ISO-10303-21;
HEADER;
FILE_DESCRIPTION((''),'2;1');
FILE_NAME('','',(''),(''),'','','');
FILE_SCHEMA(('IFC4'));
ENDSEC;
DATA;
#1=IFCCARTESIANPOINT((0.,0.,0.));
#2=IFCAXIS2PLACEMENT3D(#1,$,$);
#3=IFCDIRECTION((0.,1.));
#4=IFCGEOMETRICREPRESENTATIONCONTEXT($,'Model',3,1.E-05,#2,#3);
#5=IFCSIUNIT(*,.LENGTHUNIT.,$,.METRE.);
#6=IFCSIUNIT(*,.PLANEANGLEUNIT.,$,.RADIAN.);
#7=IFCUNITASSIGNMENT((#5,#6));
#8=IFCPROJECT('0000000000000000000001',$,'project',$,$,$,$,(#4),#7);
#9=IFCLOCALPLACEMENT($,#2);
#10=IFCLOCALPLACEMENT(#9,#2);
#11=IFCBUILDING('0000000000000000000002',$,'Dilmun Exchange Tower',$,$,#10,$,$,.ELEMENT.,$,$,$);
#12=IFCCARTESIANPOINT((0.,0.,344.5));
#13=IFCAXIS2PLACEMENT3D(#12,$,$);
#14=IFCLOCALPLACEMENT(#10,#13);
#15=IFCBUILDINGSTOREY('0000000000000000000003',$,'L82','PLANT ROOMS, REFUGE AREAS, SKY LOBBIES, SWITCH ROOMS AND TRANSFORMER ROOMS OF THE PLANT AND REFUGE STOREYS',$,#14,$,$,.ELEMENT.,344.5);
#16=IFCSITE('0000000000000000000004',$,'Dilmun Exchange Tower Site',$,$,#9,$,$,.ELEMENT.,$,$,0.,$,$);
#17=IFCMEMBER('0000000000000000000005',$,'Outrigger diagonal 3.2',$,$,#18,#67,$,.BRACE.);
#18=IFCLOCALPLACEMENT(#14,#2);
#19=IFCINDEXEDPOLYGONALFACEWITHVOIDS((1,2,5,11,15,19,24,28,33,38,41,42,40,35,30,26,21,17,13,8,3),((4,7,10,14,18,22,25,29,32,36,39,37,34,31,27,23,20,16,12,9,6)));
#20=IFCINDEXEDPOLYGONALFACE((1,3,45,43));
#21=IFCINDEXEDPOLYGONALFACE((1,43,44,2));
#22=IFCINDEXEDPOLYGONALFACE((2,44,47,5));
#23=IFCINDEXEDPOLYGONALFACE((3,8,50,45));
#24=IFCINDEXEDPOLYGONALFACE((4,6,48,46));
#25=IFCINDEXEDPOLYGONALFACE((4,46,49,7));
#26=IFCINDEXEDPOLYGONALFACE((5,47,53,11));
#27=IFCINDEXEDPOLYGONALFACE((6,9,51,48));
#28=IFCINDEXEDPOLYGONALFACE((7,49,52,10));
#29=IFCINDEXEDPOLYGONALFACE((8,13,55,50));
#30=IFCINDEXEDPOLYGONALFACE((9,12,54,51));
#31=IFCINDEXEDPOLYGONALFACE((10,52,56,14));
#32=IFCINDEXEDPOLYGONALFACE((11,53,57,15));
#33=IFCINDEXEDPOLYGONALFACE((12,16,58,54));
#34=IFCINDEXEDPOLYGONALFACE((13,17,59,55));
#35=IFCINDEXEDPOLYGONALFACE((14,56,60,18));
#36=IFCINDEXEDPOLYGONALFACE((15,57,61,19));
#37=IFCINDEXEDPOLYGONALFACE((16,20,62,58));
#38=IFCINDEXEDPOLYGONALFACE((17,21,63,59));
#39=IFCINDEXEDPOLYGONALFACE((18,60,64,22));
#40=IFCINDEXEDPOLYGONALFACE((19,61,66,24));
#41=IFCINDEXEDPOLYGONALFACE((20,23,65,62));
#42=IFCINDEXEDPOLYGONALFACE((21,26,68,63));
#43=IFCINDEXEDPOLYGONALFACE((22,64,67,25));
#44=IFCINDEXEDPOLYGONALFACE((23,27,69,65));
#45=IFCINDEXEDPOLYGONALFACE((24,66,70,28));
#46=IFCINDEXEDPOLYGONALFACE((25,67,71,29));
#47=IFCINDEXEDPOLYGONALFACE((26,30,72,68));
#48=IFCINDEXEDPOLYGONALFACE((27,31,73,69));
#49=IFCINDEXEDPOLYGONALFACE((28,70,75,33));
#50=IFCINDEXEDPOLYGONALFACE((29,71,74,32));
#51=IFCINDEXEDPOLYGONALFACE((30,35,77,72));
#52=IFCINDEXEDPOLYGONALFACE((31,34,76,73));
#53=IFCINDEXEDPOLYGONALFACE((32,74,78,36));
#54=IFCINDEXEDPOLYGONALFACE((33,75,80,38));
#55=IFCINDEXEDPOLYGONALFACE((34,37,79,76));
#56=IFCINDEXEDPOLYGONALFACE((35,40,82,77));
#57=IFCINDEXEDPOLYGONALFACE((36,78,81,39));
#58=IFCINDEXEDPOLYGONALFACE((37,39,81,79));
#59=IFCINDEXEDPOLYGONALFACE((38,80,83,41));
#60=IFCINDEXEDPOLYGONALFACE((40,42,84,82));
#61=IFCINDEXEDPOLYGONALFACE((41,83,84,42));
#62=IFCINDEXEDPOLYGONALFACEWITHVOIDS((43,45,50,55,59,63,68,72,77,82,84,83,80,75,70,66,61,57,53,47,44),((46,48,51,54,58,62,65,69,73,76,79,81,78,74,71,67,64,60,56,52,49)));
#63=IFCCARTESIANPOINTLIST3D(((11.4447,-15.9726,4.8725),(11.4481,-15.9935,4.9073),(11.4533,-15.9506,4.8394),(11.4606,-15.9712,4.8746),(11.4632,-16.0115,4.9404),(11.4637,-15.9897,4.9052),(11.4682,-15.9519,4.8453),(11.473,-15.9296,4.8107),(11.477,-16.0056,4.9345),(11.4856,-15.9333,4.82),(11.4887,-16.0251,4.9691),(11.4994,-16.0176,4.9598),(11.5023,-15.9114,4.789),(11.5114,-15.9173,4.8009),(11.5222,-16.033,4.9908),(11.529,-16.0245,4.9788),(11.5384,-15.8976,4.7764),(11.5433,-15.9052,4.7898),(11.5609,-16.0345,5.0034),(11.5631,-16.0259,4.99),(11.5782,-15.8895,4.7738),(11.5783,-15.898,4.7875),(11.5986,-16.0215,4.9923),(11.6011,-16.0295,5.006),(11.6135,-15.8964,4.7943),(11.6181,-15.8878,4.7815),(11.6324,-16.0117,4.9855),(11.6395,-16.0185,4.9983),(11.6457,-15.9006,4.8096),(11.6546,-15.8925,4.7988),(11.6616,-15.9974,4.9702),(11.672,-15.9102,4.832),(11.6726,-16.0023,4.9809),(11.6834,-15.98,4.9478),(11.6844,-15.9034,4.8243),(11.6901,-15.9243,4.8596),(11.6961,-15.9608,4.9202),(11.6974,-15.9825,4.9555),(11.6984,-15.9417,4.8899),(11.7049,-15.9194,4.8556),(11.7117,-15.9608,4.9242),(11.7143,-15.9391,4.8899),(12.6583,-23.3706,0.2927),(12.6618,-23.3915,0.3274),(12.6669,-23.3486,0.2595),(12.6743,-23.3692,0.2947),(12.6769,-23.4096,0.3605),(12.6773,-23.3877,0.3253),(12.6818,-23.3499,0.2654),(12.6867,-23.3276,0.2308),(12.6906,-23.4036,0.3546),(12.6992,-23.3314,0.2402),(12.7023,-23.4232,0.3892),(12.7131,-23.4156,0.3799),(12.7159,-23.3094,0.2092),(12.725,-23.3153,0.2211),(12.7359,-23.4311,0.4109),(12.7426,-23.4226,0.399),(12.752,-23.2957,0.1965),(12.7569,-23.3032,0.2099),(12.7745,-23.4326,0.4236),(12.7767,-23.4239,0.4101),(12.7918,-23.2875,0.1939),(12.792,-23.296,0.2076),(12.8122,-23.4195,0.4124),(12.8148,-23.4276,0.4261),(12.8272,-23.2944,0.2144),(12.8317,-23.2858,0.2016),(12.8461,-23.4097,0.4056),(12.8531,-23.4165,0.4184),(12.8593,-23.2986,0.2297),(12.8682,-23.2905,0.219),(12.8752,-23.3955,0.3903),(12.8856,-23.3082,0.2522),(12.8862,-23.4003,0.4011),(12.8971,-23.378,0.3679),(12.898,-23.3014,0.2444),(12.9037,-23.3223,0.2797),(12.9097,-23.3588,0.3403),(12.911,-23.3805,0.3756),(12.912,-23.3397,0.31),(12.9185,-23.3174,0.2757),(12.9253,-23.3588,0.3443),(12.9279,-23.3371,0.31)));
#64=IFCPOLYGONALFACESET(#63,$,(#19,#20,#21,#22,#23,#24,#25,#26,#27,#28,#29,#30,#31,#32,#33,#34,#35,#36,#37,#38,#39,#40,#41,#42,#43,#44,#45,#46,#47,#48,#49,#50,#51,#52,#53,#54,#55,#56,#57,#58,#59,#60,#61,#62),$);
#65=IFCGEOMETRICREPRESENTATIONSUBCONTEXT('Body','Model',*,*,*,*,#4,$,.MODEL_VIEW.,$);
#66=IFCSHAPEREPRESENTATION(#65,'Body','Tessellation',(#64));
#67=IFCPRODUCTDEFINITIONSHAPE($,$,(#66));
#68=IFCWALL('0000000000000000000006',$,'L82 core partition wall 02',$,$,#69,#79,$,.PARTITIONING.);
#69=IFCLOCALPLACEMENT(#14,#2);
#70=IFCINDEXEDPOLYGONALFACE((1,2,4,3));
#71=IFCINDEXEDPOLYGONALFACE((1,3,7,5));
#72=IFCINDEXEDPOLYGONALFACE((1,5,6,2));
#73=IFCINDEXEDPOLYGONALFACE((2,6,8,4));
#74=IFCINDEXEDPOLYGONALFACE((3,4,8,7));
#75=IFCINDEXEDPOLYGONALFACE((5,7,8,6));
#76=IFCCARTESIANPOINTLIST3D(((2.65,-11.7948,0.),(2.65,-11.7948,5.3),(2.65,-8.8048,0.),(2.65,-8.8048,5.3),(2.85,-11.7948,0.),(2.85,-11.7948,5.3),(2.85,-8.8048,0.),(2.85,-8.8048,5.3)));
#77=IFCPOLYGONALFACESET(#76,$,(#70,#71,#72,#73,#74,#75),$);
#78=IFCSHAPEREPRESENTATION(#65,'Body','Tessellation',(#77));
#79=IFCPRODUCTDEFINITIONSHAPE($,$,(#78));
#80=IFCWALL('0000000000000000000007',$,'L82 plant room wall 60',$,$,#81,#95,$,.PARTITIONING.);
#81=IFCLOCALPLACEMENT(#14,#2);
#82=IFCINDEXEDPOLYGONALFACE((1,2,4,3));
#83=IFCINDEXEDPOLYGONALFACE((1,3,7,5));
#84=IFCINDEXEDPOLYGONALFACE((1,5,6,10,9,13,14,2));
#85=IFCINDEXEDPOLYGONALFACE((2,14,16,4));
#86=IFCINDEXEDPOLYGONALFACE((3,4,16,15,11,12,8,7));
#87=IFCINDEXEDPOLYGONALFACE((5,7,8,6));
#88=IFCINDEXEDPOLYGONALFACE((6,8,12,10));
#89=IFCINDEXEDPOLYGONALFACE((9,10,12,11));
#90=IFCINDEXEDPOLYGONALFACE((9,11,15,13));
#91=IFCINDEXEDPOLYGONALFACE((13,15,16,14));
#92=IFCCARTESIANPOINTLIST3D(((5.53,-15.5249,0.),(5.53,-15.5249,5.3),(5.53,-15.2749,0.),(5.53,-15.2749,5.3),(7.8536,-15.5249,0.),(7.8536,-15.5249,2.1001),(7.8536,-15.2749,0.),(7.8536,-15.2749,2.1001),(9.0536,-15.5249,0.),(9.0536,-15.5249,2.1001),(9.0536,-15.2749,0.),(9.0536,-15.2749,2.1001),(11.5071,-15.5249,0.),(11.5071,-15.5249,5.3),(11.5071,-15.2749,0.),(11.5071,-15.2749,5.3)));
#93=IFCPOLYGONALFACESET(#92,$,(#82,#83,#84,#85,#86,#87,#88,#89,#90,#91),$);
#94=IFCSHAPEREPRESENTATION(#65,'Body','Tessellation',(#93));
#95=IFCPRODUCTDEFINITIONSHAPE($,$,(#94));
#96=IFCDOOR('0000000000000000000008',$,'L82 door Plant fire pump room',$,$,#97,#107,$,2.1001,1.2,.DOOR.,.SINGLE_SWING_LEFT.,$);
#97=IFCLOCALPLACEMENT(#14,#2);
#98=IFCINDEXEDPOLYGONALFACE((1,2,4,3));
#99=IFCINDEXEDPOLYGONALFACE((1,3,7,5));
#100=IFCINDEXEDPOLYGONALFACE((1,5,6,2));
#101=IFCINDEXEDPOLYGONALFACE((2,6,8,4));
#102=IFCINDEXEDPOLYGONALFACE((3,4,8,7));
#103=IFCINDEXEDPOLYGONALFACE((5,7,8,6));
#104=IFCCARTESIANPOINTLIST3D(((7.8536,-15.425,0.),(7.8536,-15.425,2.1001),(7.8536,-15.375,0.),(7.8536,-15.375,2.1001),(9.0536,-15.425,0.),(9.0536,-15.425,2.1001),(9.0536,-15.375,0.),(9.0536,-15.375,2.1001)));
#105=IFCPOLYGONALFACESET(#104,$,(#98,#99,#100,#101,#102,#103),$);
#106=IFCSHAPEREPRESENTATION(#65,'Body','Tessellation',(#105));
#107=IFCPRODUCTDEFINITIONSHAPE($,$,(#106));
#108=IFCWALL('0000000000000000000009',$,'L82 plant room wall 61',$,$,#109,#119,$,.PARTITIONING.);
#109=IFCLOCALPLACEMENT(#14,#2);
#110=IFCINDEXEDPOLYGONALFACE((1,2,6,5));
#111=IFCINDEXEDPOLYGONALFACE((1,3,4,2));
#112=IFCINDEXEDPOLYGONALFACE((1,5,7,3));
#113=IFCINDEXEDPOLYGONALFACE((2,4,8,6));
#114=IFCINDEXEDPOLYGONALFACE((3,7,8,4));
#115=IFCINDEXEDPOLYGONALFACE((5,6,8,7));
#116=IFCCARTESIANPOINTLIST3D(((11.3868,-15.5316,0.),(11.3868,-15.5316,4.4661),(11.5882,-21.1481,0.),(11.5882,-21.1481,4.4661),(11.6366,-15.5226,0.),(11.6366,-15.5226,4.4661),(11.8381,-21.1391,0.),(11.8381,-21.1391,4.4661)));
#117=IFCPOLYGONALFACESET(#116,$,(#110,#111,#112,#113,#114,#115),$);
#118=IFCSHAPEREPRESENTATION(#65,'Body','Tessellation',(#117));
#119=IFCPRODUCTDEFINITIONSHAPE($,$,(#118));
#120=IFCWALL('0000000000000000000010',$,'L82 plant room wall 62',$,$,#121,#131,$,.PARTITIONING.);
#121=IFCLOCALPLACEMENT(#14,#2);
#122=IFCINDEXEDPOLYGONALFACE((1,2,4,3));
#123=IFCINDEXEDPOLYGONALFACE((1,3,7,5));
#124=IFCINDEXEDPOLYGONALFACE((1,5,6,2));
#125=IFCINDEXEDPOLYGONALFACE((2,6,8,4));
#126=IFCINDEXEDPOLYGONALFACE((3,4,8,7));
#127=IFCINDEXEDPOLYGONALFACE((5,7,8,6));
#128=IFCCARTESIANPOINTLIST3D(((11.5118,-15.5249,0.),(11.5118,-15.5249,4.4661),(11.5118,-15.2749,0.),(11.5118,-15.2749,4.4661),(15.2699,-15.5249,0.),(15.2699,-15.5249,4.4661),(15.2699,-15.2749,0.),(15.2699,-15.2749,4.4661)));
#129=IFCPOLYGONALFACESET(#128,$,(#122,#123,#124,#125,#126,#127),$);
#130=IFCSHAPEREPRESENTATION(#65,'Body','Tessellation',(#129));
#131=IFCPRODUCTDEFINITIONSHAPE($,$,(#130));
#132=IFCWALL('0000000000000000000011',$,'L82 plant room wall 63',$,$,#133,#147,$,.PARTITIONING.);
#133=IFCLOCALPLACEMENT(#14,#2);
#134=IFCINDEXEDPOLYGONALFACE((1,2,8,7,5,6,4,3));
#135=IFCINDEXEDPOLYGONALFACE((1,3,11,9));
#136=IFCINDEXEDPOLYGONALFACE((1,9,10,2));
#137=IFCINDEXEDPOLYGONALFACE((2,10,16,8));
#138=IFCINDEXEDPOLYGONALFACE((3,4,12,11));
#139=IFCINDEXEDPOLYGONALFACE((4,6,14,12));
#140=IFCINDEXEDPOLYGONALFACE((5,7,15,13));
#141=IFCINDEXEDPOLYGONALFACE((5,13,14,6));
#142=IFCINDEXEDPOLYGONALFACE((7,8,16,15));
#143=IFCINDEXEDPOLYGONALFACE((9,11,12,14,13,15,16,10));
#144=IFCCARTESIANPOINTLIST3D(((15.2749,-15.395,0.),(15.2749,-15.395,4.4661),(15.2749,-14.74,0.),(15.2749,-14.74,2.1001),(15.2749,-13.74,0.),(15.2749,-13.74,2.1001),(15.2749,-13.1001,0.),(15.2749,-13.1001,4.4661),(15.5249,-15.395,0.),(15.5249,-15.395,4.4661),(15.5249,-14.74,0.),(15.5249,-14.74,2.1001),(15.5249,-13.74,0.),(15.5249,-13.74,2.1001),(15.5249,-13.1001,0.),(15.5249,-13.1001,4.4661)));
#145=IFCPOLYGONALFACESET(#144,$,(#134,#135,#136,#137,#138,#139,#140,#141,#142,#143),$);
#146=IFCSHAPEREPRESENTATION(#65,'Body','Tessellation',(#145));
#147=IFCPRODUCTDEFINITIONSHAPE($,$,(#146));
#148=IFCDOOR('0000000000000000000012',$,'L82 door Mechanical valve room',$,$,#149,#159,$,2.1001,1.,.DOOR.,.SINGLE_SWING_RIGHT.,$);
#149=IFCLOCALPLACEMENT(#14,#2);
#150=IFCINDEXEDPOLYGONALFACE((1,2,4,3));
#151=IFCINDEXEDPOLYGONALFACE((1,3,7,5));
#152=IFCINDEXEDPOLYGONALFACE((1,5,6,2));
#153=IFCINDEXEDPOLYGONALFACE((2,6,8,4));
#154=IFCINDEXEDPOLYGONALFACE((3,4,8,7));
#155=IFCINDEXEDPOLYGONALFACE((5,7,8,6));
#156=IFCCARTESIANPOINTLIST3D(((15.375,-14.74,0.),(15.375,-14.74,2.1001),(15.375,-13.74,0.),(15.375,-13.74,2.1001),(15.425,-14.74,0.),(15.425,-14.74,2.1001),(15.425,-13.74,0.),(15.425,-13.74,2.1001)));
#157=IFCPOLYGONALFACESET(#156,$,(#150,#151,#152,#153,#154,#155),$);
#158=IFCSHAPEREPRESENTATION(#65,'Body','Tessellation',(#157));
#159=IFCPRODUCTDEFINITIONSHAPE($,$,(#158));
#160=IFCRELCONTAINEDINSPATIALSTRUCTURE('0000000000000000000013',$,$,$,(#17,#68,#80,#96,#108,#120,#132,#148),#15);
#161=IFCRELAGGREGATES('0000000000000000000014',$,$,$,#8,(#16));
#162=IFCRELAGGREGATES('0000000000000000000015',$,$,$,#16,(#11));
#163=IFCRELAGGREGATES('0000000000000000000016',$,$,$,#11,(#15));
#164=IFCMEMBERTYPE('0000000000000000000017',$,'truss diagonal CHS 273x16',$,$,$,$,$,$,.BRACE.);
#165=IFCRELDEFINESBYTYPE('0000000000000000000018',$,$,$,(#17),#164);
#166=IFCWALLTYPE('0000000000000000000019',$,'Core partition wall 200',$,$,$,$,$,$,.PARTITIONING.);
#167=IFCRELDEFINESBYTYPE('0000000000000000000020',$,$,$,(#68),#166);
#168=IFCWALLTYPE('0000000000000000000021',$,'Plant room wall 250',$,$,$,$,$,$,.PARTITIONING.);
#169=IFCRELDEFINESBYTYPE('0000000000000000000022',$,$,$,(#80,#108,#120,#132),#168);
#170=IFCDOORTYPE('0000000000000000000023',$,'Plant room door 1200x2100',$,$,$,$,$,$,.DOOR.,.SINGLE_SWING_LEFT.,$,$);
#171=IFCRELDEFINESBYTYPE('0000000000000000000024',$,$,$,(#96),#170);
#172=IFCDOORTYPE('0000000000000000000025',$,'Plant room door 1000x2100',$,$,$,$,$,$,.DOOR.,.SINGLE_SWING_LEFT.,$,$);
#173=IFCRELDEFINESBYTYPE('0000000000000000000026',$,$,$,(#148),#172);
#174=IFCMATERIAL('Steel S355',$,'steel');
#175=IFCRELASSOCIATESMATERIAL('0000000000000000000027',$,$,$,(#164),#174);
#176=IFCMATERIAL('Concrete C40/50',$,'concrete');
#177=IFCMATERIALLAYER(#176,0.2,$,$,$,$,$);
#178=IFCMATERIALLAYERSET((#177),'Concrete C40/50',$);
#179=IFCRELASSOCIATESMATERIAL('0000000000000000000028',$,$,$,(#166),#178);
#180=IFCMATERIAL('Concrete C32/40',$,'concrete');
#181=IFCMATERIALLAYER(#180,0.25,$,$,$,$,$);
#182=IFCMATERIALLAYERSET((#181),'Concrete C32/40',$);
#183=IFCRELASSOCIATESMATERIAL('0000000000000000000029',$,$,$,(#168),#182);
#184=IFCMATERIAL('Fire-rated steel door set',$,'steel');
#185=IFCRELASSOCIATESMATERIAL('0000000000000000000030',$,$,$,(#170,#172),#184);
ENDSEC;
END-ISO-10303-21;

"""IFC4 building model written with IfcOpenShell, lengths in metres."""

from ifc_helpers import new_model, si_unit, direction, frame, frame_2d, origin, origin_2d, place, context, subcontext, project, spatial, rectangle, hollow_circle, extrude, material, layer, layer_set, material_profile, profile_set, type_object, element, fill, save


model = new_model("IFC4")

# Units and contexts
model_context = context("Model", 3, precision=1e-05, world=origin(), true_north=direction((0.0, 1.0)))
body_context = subcontext(model_context, "Body", "Model", "MODEL_VIEW")
ifc_project = project(units=[si_unit("LENGTHUNIT", "METRE"), si_unit("PLANEANGLEUNIT", "RADIAN")], contexts=[model_context])

# Site, building, storey
site_placement = place(None, origin())
site = spatial("IfcSite", under=ifc_project, at=site_placement, Name="Dilmun Exchange Tower Site", CompositionType="ELEMENT", RefElevation=0.0)
building_placement = place(site_placement, origin())
building = spatial("IfcBuilding", under=site, at=building_placement, Name="Dilmun Exchange Tower", CompositionType="ELEMENT")
storey_placement = place(building_placement, frame((0.0, 0.0, 344.5)))
storey = spatial("IfcBuildingStorey", under=building, at=storey_placement, Name="L82", Description="PLANT ROOMS, REFUGE AREAS, SKY LOBBIES, SWITCH ROOMS AND TRANSFORMER ROOMS OF THE PLANT AND REFUGE STOREYS", CompositionType="ELEMENT", Elevation=344.5)

# Shared definitions
ifc_material_1 = material(Name="Steel S355", Category="steel")

# Member
ifc_material_profile_1 = material_profile(ifc_material_1, hollow_circle(Radius=0.1365, WallThickness=0.0161, at=origin_2d()), Name="CHS 273x16")
ifc_profile_set_1 = profile_set([ifc_material_profile_1], Name="Steel S355")
member_type_1 = type_object("IfcMemberType", Name="truss diagonal CHS 273x16", PredefinedType="BRACE", material=ifc_profile_set_1)
member_1_placement = place(storey_placement, frame((11.5796, -15.9612, 4.8899), z_axis=(0.138146, -0.842105, -0.52132), x_axis=(0.98681, 0.161885, 0.0)))
element("IfcMember", 1, at=member_1_placement, inside=storey, type_object=member_type_1, Name="Outrigger diagonal 3.2", PredefinedType="BRACE", context=body_context, shape_type="SweptSolid", body=[
    extrude(hollow_circle(Radius=0.1365, WallThickness=0.0161, at=origin_2d()), origin(), (0.0, 0.0, 1.0), 8.7852),
])

# Wall
ifc_material_2 = material(Name="Concrete C40/50", Category="concrete")
ifc_layer_1 = layer(ifc_material_2, 0.2)
ifc_layer_set_1 = layer_set([ifc_layer_1], Name="Concrete C40/50")
wall_type_1 = type_object("IfcWallType", Name="Core partition wall 200", PredefinedType="PARTITIONING", material=ifc_layer_set_1)
wall_1_placement = place(storey_placement, frame((2.75, -11.7949, 0.0), z_axis=(0.0, 0.0, 1.0), x_axis=(0.0, 1.0, 0.0)))
element("IfcWall", 2, at=wall_1_placement, inside=storey, type_object=wall_type_1, Name="L82 core partition wall 02", PredefinedType="PARTITIONING", context=body_context, shape_type="SweptSolid", body=[
    extrude(rectangle(XDim=2.99, YDim=0.2, at=frame_2d((1.4951, 0.0))), origin(), (0.0, 0.0, 1.0), 5.3),
])

# Wall, opening, door
ifc_material_3 = material(Name="Fire-rated steel door set", Category="steel")
ifc_material_4 = material(Name="Concrete C32/40", Category="concrete")
ifc_layer_2 = layer(ifc_material_4, 0.25)
ifc_layer_set_2 = layer_set([ifc_layer_2], Name="Concrete C32/40")
wall_type_2 = type_object("IfcWallType", Name="Plant room wall 250", PredefinedType="PARTITIONING", material=ifc_layer_set_2)
wall_2_placement = place(storey_placement, frame((5.53, -15.3999, 0.0), z_axis=(0.0, 0.0, 1.0), x_axis=(1.0, 0.0, 0.0)))
wall_2 = element("IfcWall", 3, at=wall_2_placement, inside=storey, type_object=wall_type_2, Name="L82 plant room wall 60", PredefinedType="PARTITIONING", context=body_context, shape_type="SweptSolid", body=[
    extrude(rectangle(XDim=5.9771, YDim=0.25, at=frame_2d((2.9885, 0.0))), origin(), (0.0, 0.0, 1.0), 5.3),
])
opening_1_placement = place(wall_2_placement, frame((2.3235, 0.0, 0.0)))
opening_1 = element("IfcOpeningElement", 4, at=opening_1_placement, cuts=wall_2, PredefinedType="OPENING", context=body_context, shape_type="SweptSolid", body=[
    extrude(rectangle(XDim=1.2, YDim=2.1001, at=frame_2d((0.6001, 1.05))), frame((0.0, 0.135, 0.0), z_axis=(0.0, -1.0, 0.0), x_axis=(1.0, 0.0, 0.0)), (0.0, 0.0, 1.0), 0.27),
])
door_type_1 = type_object("IfcDoorType", Name="Plant room door 1200x2100", OperationType="SINGLE_SWING_LEFT", PredefinedType="DOOR", material=ifc_material_3)
door_1_placement = place(opening_1_placement, origin())
door_1 = element("IfcDoor", 5, at=door_1_placement, inside=storey, type_object=door_type_1, Name="L82 door Plant fire pump room", OperationType="SINGLE_SWING_LEFT", OverallHeight=2.1001, OverallWidth=1.2, PredefinedType="DOOR", context=body_context, shape_type="SweptSolid", body=[
    extrude(rectangle(XDim=1.2, YDim=2.1001, at=frame_2d((0.6001, 1.05))), frame((0.0, 0.0249, 0.0), z_axis=(0.0, -1.0, 0.0), x_axis=(1.0, 0.0, 0.0)), (0.0, 0.0, 1.0), 0.05),
])
fill(opening_1, door_1)

# Walls
wall_3_placement = place(storey_placement, frame((11.5117, -15.5271, 0.0), z_axis=(0.0, 0.0, 1.0), x_axis=(0.035839, -0.999358, 0.0)))
element("IfcWall", 6, at=wall_3_placement, inside=storey, type_object=wall_type_2, Name="L82 plant room wall 61", PredefinedType="PARTITIONING", context=body_context, shape_type="SweptSolid", body=[
    extrude(rectangle(XDim=5.6201, YDim=0.25, at=frame_2d((2.8101, 0.0))), origin(), (0.0, 0.0, 1.0), 4.4661),
])
wall_4_placement = place(storey_placement, frame((11.512, -15.3999, 0.0), z_axis=(0.0, 0.0, 1.0), x_axis=(1.0, 0.0, 0.0)))
element("IfcWall", 7, at=wall_4_placement, inside=storey, type_object=wall_type_2, Name="L82 plant room wall 62", PredefinedType="PARTITIONING", context=body_context, shape_type="SweptSolid", body=[
    extrude(rectangle(XDim=3.7581, YDim=0.25, at=frame_2d((1.8789, 0.0))), origin(), (0.0, 0.0, 1.0), 4.4661),
])

# Wall, opening, door
wall_5_placement = place(storey_placement, frame((15.3999, -15.395, 0.0), z_axis=(0.0, 0.0, 1.0), x_axis=(0.0, 1.0, 0.0)))
wall_5 = element("IfcWall", 8, at=wall_5_placement, inside=storey, type_object=wall_type_2, Name="L82 plant room wall 63", PredefinedType="PARTITIONING", context=body_context, shape_type="SweptSolid", body=[
    extrude(rectangle(XDim=2.2949, YDim=0.25, at=frame_2d((1.1475, 0.0))), origin(), (0.0, 0.0, 1.0), 4.4661),
])
opening_2_placement = place(wall_5_placement, frame((0.655, 0.0, 0.0)))
opening_2 = element("IfcOpeningElement", 9, at=opening_2_placement, cuts=wall_5, PredefinedType="OPENING", context=body_context, shape_type="SweptSolid", body=[
    extrude(rectangle(XDim=1.0, YDim=2.1001, at=frame_2d((0.5, 1.05))), frame((0.0, 0.135, 0.0), z_axis=(0.0, -1.0, 0.0), x_axis=(1.0, 0.0, 0.0)), (0.0, 0.0, 1.0), 0.27),
])
door_type_2 = type_object("IfcDoorType", Name="Plant room door 1000x2100", OperationType="SINGLE_SWING_LEFT", PredefinedType="DOOR", material=ifc_material_3)
door_2_placement = place(opening_2_placement, origin())
door_2 = element("IfcDoor", 10, at=door_2_placement, inside=storey, type_object=door_type_2, Name="L82 door Mechanical valve room", OperationType="SINGLE_SWING_RIGHT", OverallHeight=2.1001, OverallWidth=1.0, PredefinedType="DOOR", context=body_context, shape_type="SweptSolid", body=[
    extrude(rectangle(XDim=1.0, YDim=2.1001, at=frame_2d((0.5, 1.05))), frame((0.0, 0.0249, 0.0), z_axis=(0.0, -1.0, 0.0), x_axis=(1.0, 0.0, 0.0)), (0.0, 0.0, 1.0), 0.05),
])
fill(opening_2, door_2)

save(model, "model.ifc")
